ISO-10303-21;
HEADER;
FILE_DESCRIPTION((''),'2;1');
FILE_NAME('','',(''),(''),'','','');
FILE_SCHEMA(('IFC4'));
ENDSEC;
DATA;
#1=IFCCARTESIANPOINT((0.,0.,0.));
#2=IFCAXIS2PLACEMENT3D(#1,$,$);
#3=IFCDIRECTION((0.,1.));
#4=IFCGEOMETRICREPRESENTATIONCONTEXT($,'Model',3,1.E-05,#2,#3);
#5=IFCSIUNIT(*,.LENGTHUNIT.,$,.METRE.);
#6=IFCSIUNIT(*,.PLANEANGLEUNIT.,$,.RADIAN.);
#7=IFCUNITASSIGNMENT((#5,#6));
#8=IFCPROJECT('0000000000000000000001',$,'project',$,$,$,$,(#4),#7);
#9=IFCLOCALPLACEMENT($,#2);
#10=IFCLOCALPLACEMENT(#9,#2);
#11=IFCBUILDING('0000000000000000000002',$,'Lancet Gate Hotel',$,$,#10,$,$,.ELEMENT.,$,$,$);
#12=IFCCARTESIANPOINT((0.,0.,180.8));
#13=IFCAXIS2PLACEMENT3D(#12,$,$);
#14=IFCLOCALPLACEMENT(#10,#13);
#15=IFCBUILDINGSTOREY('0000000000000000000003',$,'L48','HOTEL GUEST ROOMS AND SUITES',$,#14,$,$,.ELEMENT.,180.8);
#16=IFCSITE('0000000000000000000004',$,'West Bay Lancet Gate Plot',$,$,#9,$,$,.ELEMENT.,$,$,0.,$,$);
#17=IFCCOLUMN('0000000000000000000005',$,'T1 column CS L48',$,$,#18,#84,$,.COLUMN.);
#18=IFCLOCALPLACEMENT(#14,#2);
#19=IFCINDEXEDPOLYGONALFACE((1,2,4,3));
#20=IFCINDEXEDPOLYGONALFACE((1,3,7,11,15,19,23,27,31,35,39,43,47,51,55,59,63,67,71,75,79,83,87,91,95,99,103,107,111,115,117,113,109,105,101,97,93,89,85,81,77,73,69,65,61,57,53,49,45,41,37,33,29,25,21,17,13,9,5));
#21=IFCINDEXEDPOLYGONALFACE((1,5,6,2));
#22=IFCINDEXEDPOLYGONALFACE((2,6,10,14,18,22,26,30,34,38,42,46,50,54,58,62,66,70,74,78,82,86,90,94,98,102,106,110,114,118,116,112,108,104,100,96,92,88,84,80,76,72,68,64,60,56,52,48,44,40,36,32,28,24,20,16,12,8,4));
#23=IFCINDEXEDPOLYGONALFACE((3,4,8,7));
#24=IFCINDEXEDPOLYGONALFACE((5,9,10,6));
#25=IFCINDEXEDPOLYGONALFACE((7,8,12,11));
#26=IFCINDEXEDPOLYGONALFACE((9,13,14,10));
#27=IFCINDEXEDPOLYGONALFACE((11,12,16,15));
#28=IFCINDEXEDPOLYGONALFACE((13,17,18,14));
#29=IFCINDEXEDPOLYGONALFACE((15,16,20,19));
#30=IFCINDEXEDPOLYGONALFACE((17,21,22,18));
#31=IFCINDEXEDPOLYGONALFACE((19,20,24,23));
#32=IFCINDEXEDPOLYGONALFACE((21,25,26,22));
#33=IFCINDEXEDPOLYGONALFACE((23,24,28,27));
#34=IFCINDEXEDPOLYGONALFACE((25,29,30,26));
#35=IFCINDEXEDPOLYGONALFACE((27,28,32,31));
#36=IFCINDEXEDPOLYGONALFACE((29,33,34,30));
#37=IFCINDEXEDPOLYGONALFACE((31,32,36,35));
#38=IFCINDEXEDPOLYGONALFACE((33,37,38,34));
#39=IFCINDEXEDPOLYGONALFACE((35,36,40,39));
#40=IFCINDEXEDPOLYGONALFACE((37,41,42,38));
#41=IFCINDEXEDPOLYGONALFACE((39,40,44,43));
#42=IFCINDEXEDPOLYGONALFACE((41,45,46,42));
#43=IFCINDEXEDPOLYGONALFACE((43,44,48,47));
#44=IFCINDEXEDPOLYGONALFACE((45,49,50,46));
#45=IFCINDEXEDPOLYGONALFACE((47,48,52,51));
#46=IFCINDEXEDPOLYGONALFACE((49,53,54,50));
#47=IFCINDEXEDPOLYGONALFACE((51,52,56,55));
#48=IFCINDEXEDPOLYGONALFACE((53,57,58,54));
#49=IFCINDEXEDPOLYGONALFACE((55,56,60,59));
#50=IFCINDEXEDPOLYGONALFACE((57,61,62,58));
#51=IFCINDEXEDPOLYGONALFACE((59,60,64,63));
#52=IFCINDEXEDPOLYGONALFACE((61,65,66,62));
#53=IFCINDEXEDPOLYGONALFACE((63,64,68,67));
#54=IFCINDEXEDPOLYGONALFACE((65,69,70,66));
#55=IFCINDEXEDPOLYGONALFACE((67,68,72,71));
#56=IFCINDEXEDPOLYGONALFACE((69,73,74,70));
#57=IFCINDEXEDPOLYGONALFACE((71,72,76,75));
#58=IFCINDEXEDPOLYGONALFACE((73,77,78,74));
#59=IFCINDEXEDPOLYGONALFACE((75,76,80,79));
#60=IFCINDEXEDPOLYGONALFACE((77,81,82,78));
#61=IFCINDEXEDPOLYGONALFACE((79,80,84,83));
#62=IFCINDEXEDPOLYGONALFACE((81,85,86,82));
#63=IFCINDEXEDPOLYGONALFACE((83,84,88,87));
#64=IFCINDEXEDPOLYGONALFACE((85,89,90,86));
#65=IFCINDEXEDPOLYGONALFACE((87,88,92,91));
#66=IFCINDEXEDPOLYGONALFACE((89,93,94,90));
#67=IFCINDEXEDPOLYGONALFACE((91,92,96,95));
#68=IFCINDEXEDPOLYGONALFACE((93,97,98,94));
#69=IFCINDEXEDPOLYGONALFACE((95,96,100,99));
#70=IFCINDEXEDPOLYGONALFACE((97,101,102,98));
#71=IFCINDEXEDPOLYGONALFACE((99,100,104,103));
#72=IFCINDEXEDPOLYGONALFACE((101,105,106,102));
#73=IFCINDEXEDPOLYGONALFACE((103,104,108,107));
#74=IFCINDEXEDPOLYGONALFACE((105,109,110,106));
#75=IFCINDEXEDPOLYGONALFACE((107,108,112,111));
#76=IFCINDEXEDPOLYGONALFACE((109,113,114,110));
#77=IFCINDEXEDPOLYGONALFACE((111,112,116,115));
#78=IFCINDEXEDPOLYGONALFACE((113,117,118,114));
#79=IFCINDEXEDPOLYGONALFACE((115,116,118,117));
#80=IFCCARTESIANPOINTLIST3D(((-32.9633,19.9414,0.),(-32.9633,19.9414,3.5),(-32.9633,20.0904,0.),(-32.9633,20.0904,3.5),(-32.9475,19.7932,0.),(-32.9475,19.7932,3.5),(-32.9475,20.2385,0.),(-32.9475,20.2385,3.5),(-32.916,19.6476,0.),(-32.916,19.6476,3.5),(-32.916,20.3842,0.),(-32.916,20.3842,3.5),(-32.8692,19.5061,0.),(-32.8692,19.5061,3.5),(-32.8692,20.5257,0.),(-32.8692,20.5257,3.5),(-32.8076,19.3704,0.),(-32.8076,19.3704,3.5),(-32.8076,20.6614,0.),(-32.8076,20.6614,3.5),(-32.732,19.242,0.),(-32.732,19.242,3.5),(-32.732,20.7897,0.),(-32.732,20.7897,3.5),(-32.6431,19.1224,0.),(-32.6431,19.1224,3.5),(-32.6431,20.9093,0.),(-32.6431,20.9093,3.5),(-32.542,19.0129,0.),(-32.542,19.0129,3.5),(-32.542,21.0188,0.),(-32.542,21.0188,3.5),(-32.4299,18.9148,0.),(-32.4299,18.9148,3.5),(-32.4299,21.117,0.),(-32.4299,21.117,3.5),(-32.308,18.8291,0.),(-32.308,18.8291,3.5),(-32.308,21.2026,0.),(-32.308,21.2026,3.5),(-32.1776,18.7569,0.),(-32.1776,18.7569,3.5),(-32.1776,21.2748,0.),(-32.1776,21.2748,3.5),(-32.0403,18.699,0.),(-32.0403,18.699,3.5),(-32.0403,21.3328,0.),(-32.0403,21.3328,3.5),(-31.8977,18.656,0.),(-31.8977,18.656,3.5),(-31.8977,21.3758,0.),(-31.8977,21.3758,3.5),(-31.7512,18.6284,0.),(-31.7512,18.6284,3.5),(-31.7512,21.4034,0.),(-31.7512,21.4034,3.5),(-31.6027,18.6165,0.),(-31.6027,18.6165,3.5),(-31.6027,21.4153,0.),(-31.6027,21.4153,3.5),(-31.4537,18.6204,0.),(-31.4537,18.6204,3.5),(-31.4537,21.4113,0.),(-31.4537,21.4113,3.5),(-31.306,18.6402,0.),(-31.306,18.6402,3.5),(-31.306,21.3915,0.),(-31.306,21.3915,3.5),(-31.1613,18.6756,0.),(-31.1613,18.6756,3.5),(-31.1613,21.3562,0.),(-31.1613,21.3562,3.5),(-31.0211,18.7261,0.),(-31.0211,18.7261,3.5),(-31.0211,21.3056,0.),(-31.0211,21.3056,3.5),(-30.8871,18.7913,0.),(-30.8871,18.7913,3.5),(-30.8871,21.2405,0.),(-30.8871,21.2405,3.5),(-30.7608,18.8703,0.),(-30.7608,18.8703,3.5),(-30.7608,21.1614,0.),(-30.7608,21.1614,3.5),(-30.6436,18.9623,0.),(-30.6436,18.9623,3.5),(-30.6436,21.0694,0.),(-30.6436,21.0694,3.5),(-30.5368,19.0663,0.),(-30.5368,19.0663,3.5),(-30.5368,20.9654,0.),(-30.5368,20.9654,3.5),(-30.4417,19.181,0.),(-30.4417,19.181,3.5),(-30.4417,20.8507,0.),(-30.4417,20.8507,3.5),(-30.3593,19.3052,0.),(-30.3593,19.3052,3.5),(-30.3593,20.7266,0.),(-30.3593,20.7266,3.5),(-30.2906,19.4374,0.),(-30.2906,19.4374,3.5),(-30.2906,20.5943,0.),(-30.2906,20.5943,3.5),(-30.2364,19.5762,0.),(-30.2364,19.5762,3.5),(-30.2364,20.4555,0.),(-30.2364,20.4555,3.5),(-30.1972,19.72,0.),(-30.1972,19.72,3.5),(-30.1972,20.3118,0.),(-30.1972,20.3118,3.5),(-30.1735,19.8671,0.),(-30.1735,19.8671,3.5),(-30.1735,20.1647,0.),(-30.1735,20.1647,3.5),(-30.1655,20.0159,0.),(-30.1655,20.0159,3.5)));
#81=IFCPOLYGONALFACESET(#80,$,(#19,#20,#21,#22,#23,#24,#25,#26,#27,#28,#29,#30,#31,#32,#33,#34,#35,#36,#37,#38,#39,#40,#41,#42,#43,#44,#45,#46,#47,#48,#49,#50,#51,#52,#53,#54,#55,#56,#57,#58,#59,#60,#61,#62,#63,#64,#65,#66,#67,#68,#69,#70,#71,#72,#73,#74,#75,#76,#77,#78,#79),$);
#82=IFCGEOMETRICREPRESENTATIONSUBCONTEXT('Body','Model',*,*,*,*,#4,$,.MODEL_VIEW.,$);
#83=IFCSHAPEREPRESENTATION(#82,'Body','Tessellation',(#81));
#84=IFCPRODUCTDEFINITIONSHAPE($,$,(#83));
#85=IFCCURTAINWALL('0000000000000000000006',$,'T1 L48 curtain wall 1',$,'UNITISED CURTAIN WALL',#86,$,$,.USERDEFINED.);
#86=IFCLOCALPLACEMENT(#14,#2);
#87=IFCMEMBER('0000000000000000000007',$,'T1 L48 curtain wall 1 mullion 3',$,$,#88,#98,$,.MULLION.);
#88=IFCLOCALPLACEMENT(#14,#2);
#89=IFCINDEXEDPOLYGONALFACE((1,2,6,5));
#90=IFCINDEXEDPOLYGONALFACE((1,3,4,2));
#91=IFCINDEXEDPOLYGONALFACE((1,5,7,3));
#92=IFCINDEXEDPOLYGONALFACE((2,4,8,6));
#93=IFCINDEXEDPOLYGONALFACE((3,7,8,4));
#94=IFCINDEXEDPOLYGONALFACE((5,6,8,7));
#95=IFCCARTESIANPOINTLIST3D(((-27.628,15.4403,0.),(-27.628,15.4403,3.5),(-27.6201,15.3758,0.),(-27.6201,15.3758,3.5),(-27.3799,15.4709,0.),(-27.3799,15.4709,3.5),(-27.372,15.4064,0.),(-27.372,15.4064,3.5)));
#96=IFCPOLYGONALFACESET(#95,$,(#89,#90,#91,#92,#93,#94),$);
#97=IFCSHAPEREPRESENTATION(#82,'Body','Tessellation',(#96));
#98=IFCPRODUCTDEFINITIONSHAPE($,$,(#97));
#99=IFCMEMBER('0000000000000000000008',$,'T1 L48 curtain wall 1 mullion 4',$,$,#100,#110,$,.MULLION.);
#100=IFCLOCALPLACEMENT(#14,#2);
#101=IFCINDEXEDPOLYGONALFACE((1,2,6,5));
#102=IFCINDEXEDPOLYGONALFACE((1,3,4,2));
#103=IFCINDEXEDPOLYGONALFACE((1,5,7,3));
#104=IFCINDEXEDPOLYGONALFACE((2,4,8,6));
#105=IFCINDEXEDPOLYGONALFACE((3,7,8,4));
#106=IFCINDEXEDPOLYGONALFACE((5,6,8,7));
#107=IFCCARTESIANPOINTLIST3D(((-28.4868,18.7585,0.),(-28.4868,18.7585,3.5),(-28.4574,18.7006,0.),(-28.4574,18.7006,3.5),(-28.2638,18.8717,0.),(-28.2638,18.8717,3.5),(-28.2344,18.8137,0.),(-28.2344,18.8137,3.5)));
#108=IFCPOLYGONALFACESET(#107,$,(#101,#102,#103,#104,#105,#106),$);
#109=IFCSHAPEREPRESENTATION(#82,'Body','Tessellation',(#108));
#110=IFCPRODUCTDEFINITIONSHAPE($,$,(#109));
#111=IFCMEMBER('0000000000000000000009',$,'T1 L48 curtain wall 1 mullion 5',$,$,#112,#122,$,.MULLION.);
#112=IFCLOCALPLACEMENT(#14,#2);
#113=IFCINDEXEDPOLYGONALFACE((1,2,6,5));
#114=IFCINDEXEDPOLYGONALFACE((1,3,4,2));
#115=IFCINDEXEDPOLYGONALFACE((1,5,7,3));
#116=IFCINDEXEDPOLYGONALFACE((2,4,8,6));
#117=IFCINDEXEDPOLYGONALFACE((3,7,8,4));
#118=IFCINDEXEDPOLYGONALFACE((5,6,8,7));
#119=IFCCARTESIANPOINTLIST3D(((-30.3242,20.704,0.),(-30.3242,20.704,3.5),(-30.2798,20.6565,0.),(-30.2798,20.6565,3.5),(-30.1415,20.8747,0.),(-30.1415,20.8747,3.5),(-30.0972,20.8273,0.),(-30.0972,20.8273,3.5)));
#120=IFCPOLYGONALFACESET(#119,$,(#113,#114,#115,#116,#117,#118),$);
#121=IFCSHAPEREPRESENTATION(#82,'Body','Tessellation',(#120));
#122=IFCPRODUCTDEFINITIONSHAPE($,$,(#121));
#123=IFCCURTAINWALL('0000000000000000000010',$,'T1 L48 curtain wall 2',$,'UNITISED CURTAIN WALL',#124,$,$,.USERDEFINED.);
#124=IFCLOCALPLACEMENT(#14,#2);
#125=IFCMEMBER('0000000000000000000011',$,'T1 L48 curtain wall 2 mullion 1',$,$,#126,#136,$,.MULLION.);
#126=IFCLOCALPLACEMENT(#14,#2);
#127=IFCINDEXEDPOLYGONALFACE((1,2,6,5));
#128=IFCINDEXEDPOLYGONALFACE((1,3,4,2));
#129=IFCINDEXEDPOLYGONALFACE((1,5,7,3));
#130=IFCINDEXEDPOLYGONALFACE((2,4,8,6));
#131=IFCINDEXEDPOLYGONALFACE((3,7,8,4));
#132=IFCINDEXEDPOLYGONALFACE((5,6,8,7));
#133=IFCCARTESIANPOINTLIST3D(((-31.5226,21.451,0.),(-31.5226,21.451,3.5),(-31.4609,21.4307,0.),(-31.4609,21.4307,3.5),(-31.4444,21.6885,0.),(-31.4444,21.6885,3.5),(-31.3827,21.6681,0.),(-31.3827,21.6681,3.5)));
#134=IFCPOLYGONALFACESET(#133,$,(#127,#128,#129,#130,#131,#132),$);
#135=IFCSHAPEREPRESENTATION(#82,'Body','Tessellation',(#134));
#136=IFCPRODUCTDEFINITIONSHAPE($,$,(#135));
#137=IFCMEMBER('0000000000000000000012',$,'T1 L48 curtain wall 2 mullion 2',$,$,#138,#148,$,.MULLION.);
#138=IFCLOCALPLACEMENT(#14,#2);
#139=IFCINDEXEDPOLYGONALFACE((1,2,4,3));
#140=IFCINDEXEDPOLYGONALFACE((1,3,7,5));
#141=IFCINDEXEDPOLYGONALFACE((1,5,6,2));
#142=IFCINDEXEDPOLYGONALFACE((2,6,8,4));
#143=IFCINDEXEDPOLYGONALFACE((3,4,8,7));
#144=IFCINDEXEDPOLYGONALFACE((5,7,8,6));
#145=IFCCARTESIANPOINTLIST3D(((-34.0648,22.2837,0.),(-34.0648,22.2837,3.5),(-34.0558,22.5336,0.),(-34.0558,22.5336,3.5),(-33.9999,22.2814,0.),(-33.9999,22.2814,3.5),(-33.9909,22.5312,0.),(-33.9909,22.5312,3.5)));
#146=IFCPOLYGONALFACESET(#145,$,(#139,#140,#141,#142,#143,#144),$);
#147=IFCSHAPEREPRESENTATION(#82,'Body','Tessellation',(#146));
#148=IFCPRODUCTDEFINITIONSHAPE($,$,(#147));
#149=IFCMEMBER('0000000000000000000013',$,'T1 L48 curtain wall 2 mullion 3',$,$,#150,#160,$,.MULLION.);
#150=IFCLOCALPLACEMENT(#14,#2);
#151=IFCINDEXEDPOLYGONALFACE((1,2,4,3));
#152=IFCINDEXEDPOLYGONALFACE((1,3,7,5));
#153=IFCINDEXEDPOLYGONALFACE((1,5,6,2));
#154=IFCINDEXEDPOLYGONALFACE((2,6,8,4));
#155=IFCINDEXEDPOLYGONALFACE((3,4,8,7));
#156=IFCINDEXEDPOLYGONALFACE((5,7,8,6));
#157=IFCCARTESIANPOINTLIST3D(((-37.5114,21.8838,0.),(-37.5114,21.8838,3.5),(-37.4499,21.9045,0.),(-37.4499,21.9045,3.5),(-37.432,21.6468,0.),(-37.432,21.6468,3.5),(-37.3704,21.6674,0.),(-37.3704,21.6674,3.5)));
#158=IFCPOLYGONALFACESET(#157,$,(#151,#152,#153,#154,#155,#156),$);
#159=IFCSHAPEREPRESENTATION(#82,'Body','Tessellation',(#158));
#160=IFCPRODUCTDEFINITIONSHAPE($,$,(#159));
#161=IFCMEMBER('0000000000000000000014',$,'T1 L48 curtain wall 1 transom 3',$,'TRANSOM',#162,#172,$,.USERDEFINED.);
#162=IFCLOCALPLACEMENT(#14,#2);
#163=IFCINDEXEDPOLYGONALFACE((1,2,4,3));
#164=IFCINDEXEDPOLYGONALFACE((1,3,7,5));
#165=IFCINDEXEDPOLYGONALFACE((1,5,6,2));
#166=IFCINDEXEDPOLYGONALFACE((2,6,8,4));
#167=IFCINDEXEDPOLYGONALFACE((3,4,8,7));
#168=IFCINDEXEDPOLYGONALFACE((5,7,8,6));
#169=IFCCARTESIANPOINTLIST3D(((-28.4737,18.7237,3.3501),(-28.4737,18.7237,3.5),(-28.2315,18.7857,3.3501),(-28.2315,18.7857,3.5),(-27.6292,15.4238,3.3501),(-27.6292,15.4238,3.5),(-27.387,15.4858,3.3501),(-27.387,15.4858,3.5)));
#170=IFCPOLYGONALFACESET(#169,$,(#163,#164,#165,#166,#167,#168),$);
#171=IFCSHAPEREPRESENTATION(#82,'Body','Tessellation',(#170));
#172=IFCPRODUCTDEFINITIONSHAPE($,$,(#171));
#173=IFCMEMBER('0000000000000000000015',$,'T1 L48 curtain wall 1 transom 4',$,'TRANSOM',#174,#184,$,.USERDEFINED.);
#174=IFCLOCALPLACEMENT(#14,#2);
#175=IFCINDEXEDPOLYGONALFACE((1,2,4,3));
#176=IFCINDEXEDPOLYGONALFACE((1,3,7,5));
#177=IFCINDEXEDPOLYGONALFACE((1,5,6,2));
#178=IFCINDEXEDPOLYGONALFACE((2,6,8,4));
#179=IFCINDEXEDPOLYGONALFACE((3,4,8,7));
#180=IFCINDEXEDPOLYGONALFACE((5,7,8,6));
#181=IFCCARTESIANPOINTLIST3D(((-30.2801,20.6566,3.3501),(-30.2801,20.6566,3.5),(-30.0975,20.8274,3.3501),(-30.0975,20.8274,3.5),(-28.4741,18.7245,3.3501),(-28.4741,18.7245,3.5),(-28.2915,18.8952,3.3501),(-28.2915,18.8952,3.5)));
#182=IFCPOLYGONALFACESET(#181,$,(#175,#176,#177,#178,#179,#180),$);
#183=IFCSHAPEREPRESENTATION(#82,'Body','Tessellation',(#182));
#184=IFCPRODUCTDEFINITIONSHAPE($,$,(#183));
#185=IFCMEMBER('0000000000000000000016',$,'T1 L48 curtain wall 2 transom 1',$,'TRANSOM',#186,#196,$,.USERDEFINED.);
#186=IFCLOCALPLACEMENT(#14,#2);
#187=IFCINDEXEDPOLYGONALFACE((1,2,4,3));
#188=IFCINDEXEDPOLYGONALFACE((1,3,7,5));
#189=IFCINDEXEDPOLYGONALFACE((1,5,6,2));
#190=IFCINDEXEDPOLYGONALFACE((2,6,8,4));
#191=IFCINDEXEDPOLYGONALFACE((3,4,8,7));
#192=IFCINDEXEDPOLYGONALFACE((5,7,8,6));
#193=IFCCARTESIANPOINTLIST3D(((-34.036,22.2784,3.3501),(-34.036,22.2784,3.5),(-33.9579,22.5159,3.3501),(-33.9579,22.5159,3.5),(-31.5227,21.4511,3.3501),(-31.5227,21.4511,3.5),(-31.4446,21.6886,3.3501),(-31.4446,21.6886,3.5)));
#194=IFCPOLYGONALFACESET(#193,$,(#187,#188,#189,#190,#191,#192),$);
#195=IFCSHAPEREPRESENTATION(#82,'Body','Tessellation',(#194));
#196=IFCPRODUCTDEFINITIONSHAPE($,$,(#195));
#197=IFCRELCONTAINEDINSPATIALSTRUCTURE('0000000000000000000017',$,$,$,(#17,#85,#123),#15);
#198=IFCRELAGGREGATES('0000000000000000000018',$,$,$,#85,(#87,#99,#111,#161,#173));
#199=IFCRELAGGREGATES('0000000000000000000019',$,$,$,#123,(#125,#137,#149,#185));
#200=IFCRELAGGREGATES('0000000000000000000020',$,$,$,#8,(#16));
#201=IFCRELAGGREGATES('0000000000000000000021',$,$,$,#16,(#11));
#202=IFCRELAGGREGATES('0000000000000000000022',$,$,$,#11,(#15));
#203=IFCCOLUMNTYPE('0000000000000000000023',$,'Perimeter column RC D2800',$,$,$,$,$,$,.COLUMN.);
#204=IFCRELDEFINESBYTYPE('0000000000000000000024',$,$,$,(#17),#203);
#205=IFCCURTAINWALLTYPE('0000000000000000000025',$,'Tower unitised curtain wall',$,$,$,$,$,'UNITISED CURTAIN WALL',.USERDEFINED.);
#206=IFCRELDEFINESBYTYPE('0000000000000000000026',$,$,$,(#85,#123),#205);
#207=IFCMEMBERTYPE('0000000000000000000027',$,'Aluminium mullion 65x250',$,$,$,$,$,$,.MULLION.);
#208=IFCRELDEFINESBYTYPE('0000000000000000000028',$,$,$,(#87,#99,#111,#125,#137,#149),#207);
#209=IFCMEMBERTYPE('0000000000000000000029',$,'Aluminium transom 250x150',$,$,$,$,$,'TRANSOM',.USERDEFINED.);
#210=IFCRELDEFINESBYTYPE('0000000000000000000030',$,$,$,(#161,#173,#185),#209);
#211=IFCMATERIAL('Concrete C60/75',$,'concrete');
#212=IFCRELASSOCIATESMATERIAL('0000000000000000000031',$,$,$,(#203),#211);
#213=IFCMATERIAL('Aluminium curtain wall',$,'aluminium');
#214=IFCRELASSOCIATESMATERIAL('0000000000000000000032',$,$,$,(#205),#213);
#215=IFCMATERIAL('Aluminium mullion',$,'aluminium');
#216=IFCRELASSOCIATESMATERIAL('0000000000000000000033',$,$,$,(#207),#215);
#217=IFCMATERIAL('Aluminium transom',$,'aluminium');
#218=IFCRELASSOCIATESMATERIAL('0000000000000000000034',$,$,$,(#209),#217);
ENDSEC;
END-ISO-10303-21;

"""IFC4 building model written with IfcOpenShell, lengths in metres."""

from ifc_helpers import new_model, si_unit, direction, frame, origin, origin_2d, place, context, subcontext, project, spatial, rectangle, circle, extrude, material, material_profile, profile_set, type_object, element, aggregate, save


model = new_model("IFC4")

# Units and contexts
model_context = context("Model", 3, precision=1e-05, world=origin(), true_north=direction((0.0, 1.0)))
body_context = subcontext(model_context, "Body", "Model", "MODEL_VIEW")
ifc_project = project(units=[si_unit("LENGTHUNIT", "METRE"), si_unit("PLANEANGLEUNIT", "RADIAN")], contexts=[model_context])

# Site, building, storey
site_placement = place(None, origin())
site = spatial("IfcSite", under=ifc_project, at=site_placement, Name="West Bay Lancet Gate Plot", CompositionType="ELEMENT", RefElevation=0.0)
building_placement = place(site_placement, origin())
building = spatial("IfcBuilding", under=site, at=building_placement, Name="Lancet Gate Hotel", CompositionType="ELEMENT")
storey_placement = place(building_placement, frame((0.0, 0.0, 180.8)))
storey = spatial("IfcBuildingStorey", under=building, at=storey_placement, Name="L48", Description="HOTEL GUEST ROOMS AND SUITES", CompositionType="ELEMENT", Elevation=180.8)

# Column
ifc_material_1 = material(Name="Concrete C60/75", Category="concrete")
ifc_material_profile_1 = material_profile(ifc_material_1, circle(Radius=1.3999, at=origin_2d()), Name="RC D2800")
ifc_profile_set_1 = profile_set([ifc_material_profile_1], Name="Concrete C60/75")
column_type = type_object("IfcColumnType", Name="Perimeter column RC D2800", PredefinedType="COLUMN", material=ifc_profile_set_1)
column_placement = place(storey_placement, frame((-31.5654, 20.0159, 0.0), z_axis=(0.0, 0.0, 1.0), x_axis=(1.0, 0.0, 0.0)))
element("IfcColumn", 1, at=column_placement, inside=storey, type_object=column_type, Name="T1 column CS L48", PredefinedType="COLUMN", context=body_context, shape_type="SweptSolid", body=[
    extrude(circle(Radius=1.3999, at=origin_2d()), origin(), (0.0, 0.0, 1.0), 3.5),
])

# Curtain walls, members
ifc_material_2 = material(Name="Aluminium curtain wall", Category="aluminium")
curtain_wall_type = type_object("IfcCurtainWallType", Name="Tower unitised curtain wall", ElementType="UNITISED CURTAIN WALL", PredefinedType="USERDEFINED", material=ifc_material_2)
curtain_wall_1_placement = place(storey_placement, origin())
curtain_wall_1 = element("IfcCurtainWall", 2, at=curtain_wall_1_placement, inside=storey, type_object=curtain_wall_type, Name="T1 L48 curtain wall 1", ObjectType="UNITISED CURTAIN WALL", PredefinedType="USERDEFINED")
ifc_material_3 = material(Name="Aluminium mullion", Category="aluminium")
ifc_material_profile_2 = material_profile(ifc_material_3, rectangle(XDim=0.0649, YDim=0.25, at=origin_2d()), Name="MULLION 65x250")
ifc_profile_set_2 = profile_set([ifc_material_profile_2], Name="Aluminium mullion")
member_type_1 = type_object("IfcMemberType", Name="Aluminium mullion 65x250", PredefinedType="MULLION", material=ifc_profile_set_2)
member_1_placement = place(storey_placement, frame((-27.5, 15.4233, 0.0), z_axis=(0.0, 0.0, 1.0), x_axis=(-0.122467, 0.992473, 0.0)))
member_1 = element("IfcMember", 3, at=member_1_placement, type_object=member_type_1, Name="T1 L48 curtain wall 1 mullion 3", PredefinedType="MULLION", context=body_context, shape_type="SweptSolid", body=[
    extrude(rectangle(XDim=0.0649, YDim=0.25, at=origin_2d()), origin(), (0.0, 0.0, 1.0), 3.5),
])
member_2_placement = place(storey_placement, frame((-28.3606, 18.7861, 0.0), z_axis=(0.0, 0.0, 1.0), x_axis=(-0.452508, 0.891761, 0.0)))
member_2 = element("IfcMember", 4, at=member_2_placement, type_object=member_type_1, Name="T1 L48 curtain wall 1 mullion 4", PredefinedType="MULLION", context=body_context, shape_type="SweptSolid", body=[
    extrude(rectangle(XDim=0.0649, YDim=0.25, at=origin_2d()), origin(), (0.0, 0.0, 1.0), 3.5),
])
member_3_placement = place(storey_placement, frame((-30.2107, 20.7656, 0.0), z_axis=(0.0, 0.0, 1.0), x_axis=(-0.682845, 0.730563, 0.0)))
member_3 = element("IfcMember", 5, at=member_3_placement, type_object=member_type_1, Name="T1 L48 curtain wall 1 mullion 5", PredefinedType="MULLION", context=body_context, shape_type="SweptSolid", body=[
    extrude(rectangle(XDim=0.0649, YDim=0.25, at=origin_2d()), origin(), (0.0, 0.0, 1.0), 3.5),
])
curtain_wall_2_placement = place(storey_placement, origin())
curtain_wall_2 = element("IfcCurtainWall", 6, at=curtain_wall_2_placement, inside=storey, type_object=curtain_wall_type, Name="T1 L48 curtain wall 2", ObjectType="UNITISED CURTAIN WALL", PredefinedType="USERDEFINED")
member_4_placement = place(storey_placement, frame((-31.4526, 21.5596, 0.0), z_axis=(0.0, 0.0, 1.0), x_axis=(-0.949848, 0.312712, 0.0)))
member_4 = element("IfcMember", 7, at=member_4_placement, type_object=member_type_1, Name="T1 L48 curtain wall 2 mullion 1", PredefinedType="MULLION", context=body_context, shape_type="SweptSolid", body=[
    extrude(rectangle(XDim=0.0649, YDim=0.25, at=origin_2d()), origin(), (0.0, 0.0, 1.0), 3.5),
])
member_5_placement = place(storey_placement, frame((-34.0278, 22.4075, 0.0), z_axis=(0.0, 0.0, 1.0), x_axis=(-0.99935, 0.036037, 0.0)))
member_5 = element("IfcMember", 8, at=member_5_placement, type_object=member_type_1, Name="T1 L48 curtain wall 2 mullion 2", PredefinedType="MULLION", context=body_context, shape_type="SweptSolid", body=[
    extrude(rectangle(XDim=0.0649, YDim=0.25, at=origin_2d()), origin(), (0.0, 0.0, 1.0), 3.5),
])
member_6_placement = place(storey_placement, frame((-37.4409, 21.7756, 0.0), z_axis=(0.0, 0.0, 1.0), x_axis=(-0.948119, -0.317915, 0.0)))
member_6 = element("IfcMember", 9, at=member_6_placement, type_object=member_type_1, Name="T1 L48 curtain wall 2 mullion 3", PredefinedType="MULLION", context=body_context, shape_type="SweptSolid", body=[
    extrude(rectangle(XDim=0.0649, YDim=0.25, at=origin_2d()), origin(), (0.0, 0.0, 1.0), 3.5),
])

# Members
ifc_material_4 = material(Name="Aluminium transom", Category="aluminium")
ifc_material_profile_3 = material_profile(ifc_material_4, rectangle(XDim=0.25, YDim=0.1499, at=origin_2d()), Name="TRANSOM 250x150")
ifc_profile_set_3 = profile_set([ifc_material_profile_3], Name="Aluminium transom")
member_type_2 = type_object("IfcMemberType", Name="Aluminium transom 250x150", ElementType="TRANSOM", PredefinedType="USERDEFINED", material=ifc_profile_set_3)
member_7_placement = place(storey_placement, frame((-27.5081, 15.4548, 3.425), z_axis=(-0.247929, 0.968778, 0.0), x_axis=(-0.968778, -0.247929, 0.0)))
member_7 = element("IfcMember", 10, at=member_7_placement, type_object=member_type_2, Name="T1 L48 curtain wall 1 transom 3", ObjectType="TRANSOM", PredefinedType="USERDEFINED", context=body_context, shape_type="SweptSolid", body=[
    extrude(rectangle(XDim=0.25, YDim=0.1499, at=origin_2d()), origin(), (0.0, 0.0, 1.0), 3.4062),
])
member_8_placement = place(storey_placement, frame((-28.3828, 18.8098, 3.425), z_axis=(-0.682841, 0.730567, 0.0), x_axis=(-0.730567, -0.682841, 0.0)))
member_8 = element("IfcMember", 11, at=member_8_placement, type_object=member_type_2, Name="T1 L48 curtain wall 1 transom 4", ObjectType="TRANSOM", PredefinedType="USERDEFINED", context=body_context, shape_type="SweptSolid", body=[
    extrude(rectangle(XDim=0.25, YDim=0.1499, at=origin_2d()), origin(), (0.0, 0.0, 1.0), 2.6448),
])
member_9_placement = place(storey_placement, frame((-31.4836, 21.5698, 3.425), z_axis=(-0.949858, 0.312683, 0.0), x_axis=(-0.312683, -0.949858, 0.0)))
member_9 = element("IfcMember", 12, at=member_9_placement, type_object=member_type_2, Name="T1 L48 curtain wall 2 transom 1", ObjectType="TRANSOM", PredefinedType="USERDEFINED", context=body_context, shape_type="SweptSolid", body=[
    extrude(rectangle(XDim=0.25, YDim=0.1499, at=origin_2d()), origin(), (0.0, 0.0, 1.0), 2.646),
])

aggregate(curtain_wall_1, [member_1, member_2, member_3, member_7, member_8])
aggregate(curtain_wall_2, [member_4, member_5, member_6, member_9])

save(model, "model.ifc")
